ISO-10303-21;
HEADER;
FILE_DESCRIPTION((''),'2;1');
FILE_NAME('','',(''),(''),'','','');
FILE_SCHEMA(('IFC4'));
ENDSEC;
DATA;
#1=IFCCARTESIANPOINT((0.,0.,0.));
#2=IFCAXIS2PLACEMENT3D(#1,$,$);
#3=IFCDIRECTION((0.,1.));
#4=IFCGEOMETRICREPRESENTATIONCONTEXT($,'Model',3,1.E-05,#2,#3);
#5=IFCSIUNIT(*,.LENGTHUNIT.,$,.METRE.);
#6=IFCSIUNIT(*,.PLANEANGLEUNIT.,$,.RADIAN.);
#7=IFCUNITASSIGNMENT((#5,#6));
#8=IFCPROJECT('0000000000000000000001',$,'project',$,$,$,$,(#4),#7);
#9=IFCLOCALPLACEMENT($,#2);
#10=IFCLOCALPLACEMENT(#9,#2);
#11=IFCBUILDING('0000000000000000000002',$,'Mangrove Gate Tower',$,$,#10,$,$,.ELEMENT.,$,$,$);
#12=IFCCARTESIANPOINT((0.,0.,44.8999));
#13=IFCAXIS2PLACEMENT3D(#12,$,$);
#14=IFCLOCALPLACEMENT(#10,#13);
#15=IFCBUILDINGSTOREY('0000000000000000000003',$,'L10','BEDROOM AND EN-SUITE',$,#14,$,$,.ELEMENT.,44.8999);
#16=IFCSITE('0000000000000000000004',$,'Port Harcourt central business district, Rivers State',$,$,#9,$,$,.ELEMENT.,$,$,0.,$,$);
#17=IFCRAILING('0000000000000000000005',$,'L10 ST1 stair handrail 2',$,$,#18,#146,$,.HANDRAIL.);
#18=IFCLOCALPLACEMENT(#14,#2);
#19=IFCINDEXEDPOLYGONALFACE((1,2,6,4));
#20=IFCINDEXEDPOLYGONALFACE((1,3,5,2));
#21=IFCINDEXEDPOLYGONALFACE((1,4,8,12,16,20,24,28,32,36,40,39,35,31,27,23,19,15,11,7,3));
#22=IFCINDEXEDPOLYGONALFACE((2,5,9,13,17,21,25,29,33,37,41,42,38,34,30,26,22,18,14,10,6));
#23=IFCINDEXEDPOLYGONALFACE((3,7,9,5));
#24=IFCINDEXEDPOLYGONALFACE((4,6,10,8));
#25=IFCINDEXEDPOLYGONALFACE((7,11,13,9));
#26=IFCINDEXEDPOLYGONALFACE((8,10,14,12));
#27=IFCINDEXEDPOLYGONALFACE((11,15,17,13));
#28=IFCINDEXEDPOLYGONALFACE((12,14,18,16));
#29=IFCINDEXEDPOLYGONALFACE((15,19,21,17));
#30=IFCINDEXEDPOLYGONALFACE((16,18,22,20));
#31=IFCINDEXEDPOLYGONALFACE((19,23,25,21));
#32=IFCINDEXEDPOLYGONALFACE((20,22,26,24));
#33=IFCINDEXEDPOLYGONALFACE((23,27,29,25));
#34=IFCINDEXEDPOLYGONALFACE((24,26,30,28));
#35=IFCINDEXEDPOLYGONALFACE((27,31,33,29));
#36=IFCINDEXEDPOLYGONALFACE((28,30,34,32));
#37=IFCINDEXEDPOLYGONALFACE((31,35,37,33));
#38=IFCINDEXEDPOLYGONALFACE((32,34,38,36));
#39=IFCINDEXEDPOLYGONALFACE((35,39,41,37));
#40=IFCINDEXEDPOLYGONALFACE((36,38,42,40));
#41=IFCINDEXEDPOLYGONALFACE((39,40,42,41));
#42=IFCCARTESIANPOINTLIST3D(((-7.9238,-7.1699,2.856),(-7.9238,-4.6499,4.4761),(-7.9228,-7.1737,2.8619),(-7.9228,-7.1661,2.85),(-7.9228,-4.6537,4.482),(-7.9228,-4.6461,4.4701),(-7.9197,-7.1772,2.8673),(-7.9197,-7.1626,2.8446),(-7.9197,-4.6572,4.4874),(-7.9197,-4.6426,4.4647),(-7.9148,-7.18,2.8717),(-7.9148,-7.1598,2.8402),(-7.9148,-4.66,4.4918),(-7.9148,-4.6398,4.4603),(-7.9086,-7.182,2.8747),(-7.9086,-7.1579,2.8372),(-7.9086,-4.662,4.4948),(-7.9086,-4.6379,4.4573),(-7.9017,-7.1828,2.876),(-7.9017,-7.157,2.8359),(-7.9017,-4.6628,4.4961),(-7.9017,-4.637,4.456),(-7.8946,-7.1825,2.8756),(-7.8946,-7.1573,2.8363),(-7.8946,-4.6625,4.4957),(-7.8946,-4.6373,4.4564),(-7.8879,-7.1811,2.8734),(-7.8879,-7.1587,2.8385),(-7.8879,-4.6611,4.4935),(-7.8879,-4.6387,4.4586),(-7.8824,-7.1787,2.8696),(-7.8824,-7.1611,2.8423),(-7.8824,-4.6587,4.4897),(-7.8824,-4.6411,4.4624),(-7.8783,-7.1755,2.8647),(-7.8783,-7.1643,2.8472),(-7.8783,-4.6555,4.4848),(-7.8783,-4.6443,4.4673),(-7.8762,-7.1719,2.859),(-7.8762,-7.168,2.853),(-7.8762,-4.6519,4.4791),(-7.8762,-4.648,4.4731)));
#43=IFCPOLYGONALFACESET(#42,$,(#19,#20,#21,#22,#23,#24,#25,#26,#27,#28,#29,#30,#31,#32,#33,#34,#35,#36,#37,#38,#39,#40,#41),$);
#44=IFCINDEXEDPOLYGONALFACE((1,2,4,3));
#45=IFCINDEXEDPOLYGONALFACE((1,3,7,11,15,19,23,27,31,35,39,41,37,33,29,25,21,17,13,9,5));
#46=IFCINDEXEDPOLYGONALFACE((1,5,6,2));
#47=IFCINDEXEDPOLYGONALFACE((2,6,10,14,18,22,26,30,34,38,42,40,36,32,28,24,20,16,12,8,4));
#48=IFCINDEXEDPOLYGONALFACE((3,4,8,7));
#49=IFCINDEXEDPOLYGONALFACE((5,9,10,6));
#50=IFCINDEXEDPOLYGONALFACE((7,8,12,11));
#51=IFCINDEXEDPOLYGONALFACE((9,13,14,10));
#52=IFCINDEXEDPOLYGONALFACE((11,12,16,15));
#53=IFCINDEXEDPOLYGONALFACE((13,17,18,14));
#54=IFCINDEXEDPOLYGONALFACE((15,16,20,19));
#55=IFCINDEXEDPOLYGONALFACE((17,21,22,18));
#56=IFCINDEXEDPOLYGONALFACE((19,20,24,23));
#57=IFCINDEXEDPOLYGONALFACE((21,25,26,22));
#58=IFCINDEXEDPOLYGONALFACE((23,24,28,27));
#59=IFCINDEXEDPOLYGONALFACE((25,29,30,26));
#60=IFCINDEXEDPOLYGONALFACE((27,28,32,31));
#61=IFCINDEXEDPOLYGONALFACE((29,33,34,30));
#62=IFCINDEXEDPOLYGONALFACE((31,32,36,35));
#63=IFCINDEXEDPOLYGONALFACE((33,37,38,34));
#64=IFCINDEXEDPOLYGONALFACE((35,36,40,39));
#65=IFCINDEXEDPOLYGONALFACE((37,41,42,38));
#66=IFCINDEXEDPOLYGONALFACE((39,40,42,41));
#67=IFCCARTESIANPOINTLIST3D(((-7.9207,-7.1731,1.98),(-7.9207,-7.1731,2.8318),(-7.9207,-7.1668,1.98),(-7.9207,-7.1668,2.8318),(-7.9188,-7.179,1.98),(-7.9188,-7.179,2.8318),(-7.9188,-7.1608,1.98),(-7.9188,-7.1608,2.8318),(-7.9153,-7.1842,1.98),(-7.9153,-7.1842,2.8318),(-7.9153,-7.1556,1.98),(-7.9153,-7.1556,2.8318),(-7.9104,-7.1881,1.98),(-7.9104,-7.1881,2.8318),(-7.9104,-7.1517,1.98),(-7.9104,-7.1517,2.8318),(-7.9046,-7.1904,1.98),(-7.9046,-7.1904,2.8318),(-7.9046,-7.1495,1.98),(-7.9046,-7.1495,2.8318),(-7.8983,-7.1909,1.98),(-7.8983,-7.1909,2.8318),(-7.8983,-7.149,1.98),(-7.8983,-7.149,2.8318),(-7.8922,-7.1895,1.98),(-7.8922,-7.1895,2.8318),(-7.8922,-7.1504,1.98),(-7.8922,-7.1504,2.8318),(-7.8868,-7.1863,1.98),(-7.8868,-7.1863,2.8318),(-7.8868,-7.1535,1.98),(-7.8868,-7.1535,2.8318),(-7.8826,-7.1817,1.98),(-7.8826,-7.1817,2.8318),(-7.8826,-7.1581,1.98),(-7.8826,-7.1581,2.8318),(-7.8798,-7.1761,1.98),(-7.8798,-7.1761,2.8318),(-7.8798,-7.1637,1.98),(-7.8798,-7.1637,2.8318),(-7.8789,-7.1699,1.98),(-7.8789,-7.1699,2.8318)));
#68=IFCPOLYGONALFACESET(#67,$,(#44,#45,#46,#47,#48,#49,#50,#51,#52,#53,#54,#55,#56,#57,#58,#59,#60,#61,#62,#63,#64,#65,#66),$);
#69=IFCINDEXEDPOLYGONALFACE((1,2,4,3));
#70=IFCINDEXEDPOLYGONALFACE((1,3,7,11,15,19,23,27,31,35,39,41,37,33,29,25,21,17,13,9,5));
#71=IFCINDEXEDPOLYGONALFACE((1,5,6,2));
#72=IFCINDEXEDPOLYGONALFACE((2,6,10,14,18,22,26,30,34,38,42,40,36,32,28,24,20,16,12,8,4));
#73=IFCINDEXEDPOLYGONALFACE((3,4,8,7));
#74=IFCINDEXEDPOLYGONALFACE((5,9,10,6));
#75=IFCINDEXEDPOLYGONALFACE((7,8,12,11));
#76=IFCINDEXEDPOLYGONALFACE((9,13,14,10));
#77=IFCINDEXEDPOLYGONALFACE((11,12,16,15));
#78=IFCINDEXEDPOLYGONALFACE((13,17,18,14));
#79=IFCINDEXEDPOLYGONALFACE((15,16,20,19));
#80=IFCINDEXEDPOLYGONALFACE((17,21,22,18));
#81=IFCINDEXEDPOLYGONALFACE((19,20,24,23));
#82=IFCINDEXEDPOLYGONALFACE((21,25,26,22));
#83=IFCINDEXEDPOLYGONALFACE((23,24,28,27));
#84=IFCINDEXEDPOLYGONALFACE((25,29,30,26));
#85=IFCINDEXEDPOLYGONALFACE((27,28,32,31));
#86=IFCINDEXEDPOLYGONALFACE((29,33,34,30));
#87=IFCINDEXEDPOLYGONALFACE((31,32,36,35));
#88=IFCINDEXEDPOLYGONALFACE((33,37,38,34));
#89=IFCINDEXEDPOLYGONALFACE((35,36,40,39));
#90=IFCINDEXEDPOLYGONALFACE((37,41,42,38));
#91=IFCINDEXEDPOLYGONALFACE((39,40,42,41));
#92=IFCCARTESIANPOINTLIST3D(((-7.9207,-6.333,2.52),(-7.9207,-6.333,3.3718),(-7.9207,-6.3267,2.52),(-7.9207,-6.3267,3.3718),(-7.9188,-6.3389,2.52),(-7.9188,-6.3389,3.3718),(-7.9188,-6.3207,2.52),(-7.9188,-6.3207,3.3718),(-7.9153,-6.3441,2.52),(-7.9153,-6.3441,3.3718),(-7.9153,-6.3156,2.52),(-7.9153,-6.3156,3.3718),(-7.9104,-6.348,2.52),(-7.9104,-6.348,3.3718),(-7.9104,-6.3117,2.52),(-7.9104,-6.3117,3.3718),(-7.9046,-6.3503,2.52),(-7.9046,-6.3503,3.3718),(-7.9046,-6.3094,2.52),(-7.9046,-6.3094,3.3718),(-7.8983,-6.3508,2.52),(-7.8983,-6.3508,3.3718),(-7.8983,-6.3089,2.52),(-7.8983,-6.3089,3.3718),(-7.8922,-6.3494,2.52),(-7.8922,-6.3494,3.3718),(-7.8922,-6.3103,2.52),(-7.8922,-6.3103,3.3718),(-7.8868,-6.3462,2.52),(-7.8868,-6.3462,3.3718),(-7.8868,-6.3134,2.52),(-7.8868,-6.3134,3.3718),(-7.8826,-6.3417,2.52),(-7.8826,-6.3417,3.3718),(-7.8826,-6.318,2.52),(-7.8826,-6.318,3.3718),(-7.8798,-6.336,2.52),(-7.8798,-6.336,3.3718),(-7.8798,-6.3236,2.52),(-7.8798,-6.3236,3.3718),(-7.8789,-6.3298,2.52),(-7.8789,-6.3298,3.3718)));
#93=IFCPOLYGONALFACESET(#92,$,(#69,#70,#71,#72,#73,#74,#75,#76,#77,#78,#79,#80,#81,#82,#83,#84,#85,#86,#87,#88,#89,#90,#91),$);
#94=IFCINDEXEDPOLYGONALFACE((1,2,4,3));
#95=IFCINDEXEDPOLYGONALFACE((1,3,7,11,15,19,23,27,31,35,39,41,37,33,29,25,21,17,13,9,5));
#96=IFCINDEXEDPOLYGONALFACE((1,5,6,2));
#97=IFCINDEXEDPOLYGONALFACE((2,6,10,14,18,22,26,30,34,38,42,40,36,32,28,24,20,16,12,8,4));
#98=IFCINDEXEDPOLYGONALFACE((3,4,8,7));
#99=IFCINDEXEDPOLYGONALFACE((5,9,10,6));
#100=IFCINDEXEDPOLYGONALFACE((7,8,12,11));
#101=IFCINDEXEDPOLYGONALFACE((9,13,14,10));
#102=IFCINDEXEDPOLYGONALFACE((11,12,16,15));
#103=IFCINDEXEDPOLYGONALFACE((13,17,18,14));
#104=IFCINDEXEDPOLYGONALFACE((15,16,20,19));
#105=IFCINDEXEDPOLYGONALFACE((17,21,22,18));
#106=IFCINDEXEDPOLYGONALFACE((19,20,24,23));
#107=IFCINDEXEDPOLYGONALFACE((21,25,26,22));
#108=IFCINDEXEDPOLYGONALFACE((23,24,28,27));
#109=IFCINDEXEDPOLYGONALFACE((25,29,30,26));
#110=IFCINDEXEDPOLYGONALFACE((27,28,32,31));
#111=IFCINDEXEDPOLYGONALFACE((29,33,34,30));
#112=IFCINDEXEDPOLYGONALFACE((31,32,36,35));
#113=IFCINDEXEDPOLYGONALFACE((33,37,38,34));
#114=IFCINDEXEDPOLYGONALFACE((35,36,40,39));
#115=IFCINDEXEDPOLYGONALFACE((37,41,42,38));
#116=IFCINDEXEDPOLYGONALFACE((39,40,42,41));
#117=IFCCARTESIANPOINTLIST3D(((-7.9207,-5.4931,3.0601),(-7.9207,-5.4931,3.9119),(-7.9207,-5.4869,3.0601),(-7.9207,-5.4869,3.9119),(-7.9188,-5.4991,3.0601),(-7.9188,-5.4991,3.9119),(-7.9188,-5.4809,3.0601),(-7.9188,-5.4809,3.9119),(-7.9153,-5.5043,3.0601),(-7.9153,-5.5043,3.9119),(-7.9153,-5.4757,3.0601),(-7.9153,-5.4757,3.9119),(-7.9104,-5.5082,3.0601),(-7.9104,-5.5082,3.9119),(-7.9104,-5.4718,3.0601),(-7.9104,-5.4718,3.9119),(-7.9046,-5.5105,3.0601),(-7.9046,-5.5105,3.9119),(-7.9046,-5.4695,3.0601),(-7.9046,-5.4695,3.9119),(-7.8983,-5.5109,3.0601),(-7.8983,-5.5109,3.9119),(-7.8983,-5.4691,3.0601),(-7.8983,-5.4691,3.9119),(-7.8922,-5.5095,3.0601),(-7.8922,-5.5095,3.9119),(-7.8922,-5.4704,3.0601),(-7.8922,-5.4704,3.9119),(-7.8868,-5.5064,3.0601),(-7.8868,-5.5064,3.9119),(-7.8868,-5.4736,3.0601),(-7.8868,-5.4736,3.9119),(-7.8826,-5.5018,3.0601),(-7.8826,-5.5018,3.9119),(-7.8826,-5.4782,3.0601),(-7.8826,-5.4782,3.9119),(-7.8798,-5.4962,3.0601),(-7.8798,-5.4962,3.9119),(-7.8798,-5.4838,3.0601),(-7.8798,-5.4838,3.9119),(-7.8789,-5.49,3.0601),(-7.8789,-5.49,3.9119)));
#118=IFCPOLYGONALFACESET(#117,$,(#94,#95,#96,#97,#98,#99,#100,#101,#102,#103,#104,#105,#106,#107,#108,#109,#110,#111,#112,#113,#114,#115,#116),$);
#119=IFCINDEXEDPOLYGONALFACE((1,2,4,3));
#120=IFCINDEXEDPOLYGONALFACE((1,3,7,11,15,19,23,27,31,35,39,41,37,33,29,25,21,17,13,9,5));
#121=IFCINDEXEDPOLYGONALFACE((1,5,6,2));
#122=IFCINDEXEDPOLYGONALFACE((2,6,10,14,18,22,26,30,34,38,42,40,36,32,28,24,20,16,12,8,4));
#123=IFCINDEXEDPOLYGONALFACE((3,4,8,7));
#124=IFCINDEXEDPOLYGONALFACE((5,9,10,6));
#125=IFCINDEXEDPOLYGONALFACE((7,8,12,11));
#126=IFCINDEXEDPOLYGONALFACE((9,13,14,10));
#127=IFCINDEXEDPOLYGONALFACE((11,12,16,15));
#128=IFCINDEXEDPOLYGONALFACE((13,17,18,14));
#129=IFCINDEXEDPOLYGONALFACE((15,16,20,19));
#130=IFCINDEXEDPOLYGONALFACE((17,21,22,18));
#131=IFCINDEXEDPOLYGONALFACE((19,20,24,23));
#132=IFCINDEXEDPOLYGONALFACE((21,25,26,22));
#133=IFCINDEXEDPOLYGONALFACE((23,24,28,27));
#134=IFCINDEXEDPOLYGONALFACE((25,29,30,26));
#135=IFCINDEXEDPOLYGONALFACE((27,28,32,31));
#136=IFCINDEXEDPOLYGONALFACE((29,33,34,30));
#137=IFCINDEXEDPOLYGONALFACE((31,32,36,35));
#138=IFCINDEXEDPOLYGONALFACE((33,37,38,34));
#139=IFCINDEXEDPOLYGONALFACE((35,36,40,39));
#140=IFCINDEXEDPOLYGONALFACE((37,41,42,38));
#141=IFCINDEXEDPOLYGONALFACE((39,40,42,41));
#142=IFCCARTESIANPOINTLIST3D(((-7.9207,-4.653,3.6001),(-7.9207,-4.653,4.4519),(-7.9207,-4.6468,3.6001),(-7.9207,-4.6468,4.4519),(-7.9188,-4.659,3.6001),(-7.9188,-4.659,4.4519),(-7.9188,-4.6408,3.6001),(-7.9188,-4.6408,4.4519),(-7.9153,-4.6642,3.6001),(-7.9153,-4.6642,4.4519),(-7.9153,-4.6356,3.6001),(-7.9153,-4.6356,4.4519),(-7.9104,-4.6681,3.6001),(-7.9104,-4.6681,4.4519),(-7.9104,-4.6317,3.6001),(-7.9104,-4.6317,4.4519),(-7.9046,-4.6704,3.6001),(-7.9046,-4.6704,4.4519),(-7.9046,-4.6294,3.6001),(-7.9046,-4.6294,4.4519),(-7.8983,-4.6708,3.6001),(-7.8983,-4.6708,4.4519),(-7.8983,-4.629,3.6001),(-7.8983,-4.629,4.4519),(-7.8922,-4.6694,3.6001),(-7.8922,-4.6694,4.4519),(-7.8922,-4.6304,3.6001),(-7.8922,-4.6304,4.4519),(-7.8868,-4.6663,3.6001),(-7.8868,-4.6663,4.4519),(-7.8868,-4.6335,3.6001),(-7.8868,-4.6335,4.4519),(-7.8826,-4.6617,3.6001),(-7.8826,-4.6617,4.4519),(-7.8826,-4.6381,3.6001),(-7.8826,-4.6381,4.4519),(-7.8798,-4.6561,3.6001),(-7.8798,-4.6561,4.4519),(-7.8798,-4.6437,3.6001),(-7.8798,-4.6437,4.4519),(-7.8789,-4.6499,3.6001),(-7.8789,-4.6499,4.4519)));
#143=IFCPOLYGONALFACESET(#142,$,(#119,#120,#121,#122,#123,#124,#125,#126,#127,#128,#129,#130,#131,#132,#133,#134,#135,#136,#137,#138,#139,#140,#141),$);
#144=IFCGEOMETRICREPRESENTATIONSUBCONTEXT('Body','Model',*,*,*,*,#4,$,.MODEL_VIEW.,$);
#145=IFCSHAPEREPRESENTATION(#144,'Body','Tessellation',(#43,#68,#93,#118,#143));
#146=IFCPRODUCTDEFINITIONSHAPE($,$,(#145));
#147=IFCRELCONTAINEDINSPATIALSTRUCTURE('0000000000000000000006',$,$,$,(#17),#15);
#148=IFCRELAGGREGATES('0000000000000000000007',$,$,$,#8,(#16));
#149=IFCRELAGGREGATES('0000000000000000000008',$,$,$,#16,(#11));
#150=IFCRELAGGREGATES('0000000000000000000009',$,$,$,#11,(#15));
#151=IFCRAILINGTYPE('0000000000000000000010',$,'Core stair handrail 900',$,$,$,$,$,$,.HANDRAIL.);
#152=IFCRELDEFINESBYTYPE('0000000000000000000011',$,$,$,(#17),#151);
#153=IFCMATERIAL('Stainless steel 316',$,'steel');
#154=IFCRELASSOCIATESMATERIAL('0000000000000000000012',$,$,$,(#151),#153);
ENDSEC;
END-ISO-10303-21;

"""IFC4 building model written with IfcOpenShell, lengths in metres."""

from ifc_helpers import new_model, si_unit, direction, frame, origin, origin_2d, place, context, subcontext, project, spatial, circle, extrude, material, type_object, element, save


model = new_model("IFC4")

# Units and contexts
model_context = context("Model", 3, precision=1e-05, world=origin(), true_north=direction((0.0, 1.0)))
body_context = subcontext(model_context, "Body", "Model", "MODEL_VIEW")
ifc_project = project(units=[si_unit("LENGTHUNIT", "METRE"), si_unit("PLANEANGLEUNIT", "RADIAN")], contexts=[model_context])

# Site, building, storey
site_placement = place(None, origin())
site = spatial("IfcSite", under=ifc_project, at=site_placement, Name="Port Harcourt central business district, Rivers State", CompositionType="ELEMENT", RefElevation=0.0)
building_placement = place(site_placement, origin())
building = spatial("IfcBuilding", under=site, at=building_placement, Name="Mangrove Gate Tower", CompositionType="ELEMENT")
storey_placement = place(building_placement, frame((0.0, 0.0, 44.8999)))
storey = spatial("IfcBuildingStorey", under=building, at=storey_placement, Name="L10", Description="BEDROOM AND EN-SUITE", CompositionType="ELEMENT", Elevation=44.8999)

# Railing
ifc_material_1 = material(Name="Stainless steel 316", Category="steel")
railing_type_1 = type_object("IfcRailingType", Name="Core stair handrail 900", PredefinedType="HANDRAIL", material=ifc_material_1)
railing_1_placement = place(storey_placement, frame((-7.8999, -7.1699, 1.98)))
element("IfcRailing", 1, at=railing_1_placement, inside=storey, type_object=railing_type_1, Name="L10 ST1 stair handrail 2", PredefinedType="HANDRAIL", context=body_context, shape_type="SweptSolid", body=[
    extrude(circle(Radius=0.0239, at=origin_2d()), frame((0.0, 0.0, 0.876), z_axis=(0.0, 0.841163, 0.540782), x_axis=(-1.0, 0.0, 0.0)), (0.0, 0.0, 1.0), 2.9958),
    extrude(circle(Radius=0.021, at=origin_2d()), origin(), (0.0, 0.0, 1.0), 0.8518),
    extrude(circle(Radius=0.021, at=origin_2d()), frame((0.0, 0.8401, 0.54)), (0.0, 0.0, 1.0), 0.8518),
    extrude(circle(Radius=0.021, at=origin_2d()), frame((0.0, 1.6799, 1.0801)), (0.0, 0.0, 1.0), 0.8518),
    extrude(circle(Radius=0.021, at=origin_2d()), frame((0.0, 2.52, 1.6201)), (0.0, 0.0, 1.0), 0.8518),
])

save(model, "model.ifc")
